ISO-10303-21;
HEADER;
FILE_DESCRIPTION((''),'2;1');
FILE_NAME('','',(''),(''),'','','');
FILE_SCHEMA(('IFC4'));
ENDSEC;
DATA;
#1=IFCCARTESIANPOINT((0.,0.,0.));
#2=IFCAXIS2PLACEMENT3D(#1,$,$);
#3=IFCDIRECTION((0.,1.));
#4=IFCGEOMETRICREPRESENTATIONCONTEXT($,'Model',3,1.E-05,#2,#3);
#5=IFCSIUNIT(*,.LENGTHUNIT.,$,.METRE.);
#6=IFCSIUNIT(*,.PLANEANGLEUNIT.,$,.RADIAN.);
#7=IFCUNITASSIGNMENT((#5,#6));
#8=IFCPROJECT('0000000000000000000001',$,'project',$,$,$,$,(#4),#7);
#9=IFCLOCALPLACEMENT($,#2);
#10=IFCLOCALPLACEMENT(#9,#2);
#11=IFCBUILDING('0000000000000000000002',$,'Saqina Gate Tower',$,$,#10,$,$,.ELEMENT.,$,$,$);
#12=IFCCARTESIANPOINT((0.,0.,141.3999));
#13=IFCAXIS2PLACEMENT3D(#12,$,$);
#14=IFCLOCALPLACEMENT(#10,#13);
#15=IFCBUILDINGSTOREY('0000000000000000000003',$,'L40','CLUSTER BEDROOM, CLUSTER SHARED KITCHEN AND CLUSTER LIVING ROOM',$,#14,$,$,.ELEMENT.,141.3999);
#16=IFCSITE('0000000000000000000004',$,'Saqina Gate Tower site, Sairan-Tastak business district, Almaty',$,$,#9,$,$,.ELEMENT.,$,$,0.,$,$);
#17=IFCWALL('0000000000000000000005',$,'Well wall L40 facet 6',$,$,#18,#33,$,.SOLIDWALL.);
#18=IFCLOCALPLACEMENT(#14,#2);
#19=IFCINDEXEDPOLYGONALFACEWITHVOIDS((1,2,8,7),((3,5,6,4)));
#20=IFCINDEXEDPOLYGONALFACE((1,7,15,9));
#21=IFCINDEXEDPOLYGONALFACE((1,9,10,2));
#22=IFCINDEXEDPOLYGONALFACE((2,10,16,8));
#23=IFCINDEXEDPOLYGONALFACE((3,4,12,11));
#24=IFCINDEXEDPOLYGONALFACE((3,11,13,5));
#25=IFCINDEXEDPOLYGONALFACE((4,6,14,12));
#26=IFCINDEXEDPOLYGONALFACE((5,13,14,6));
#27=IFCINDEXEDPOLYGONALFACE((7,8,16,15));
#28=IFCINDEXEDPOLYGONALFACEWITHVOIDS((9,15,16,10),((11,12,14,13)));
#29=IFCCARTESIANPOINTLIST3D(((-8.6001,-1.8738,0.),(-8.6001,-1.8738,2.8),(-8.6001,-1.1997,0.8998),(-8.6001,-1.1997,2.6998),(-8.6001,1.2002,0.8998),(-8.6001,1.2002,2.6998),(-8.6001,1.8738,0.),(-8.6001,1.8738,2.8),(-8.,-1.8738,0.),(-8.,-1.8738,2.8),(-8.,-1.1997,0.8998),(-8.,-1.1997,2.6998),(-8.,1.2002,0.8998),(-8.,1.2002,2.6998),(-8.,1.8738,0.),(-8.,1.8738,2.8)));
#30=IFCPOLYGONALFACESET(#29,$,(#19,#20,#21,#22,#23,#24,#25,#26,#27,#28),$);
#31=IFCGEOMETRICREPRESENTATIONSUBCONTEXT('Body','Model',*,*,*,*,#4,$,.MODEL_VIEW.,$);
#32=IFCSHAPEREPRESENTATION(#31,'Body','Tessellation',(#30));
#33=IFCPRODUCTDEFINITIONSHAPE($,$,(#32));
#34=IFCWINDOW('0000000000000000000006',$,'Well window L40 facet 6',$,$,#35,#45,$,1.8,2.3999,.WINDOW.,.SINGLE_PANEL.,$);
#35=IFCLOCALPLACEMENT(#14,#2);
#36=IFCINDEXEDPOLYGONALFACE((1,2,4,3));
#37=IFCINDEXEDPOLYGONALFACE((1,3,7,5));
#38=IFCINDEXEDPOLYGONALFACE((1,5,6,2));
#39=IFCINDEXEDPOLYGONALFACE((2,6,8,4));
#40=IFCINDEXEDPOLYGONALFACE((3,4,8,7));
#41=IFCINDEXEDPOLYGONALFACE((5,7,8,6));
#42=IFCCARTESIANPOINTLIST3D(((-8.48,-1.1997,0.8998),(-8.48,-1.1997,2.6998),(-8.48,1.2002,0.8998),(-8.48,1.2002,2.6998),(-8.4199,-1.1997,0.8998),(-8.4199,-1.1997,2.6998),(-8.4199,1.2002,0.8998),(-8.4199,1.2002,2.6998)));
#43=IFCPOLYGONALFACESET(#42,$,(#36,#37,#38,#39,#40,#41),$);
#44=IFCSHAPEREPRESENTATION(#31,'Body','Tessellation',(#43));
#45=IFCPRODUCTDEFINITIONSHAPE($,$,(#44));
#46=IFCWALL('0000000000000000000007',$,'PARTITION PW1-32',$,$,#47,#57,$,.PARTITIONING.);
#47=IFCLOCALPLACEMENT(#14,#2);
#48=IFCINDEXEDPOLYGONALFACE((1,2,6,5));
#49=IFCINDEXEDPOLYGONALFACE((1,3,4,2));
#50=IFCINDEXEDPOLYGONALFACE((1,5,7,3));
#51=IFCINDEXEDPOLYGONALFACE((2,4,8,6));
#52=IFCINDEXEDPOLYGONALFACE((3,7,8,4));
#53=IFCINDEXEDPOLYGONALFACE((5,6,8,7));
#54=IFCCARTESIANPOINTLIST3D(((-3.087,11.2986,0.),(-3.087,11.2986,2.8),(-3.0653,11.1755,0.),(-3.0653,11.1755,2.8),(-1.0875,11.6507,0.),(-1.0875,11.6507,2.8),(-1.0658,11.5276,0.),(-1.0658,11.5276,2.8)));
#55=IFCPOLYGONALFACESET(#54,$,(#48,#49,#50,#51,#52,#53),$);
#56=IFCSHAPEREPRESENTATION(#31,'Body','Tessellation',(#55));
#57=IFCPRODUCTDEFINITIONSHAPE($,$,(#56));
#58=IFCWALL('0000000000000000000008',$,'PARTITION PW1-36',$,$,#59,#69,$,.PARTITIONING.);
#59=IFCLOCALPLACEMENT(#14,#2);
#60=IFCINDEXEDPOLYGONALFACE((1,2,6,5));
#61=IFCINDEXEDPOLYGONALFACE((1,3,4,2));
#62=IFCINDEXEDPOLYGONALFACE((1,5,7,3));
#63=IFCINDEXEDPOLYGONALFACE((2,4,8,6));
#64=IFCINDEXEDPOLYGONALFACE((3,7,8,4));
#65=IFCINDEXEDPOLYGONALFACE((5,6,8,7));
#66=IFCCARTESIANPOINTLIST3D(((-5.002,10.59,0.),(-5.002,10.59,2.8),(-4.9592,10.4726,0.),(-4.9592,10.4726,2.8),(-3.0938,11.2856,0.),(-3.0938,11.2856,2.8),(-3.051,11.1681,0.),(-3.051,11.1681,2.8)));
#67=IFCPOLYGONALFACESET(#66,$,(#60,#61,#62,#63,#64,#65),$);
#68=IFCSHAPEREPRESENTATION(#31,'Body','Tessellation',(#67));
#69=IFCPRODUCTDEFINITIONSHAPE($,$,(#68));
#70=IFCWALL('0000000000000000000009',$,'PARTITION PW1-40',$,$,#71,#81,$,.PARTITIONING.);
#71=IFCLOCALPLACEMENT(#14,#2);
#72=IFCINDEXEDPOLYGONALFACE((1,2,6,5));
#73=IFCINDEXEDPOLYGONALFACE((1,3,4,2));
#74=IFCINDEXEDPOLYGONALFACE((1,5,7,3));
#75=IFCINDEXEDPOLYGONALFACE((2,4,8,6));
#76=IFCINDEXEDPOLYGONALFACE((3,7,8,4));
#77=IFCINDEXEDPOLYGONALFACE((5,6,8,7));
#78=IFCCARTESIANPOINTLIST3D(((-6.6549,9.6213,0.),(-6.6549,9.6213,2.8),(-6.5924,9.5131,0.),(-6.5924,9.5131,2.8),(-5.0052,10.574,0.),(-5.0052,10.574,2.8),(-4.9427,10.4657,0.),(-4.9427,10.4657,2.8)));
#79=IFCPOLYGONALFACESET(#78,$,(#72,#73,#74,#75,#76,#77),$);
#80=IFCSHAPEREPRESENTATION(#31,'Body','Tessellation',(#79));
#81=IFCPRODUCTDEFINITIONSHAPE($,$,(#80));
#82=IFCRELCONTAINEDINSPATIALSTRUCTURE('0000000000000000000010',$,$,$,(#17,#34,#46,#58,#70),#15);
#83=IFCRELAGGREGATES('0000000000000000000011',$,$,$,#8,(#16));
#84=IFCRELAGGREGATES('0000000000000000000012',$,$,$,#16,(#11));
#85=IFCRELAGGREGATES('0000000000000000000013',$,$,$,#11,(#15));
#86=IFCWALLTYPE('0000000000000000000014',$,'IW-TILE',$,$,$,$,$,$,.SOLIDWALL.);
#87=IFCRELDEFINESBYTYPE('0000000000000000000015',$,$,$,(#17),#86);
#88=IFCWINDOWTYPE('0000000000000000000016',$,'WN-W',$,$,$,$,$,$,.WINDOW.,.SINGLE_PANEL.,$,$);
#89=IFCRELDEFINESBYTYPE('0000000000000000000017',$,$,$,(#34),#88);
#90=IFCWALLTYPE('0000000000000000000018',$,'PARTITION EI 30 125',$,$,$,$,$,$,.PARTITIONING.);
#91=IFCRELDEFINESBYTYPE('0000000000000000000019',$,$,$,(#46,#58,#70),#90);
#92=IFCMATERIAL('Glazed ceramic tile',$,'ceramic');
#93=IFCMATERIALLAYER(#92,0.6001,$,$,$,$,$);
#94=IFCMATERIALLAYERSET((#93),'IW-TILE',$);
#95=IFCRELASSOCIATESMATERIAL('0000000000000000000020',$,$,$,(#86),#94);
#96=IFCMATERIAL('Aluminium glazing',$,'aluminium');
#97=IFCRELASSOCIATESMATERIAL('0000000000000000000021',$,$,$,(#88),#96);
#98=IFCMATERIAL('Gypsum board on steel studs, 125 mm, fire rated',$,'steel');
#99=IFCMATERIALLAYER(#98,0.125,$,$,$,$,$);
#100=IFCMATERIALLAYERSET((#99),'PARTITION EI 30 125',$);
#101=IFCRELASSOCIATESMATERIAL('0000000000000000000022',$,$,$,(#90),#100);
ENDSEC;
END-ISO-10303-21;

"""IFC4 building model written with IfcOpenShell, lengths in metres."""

from ifc_helpers import new_model, si_unit, direction, frame, frame_2d, origin, place, context, subcontext, project, spatial, rectangle, extrude, material, layer, layer_set, type_object, element, fill, save


model = new_model("IFC4")

# Units and contexts
model_context = context("Model", 3, precision=1e-05, world=origin(), true_north=direction((0.0, 1.0)))
body_context = subcontext(model_context, "Body", "Model", "MODEL_VIEW")
ifc_project = project(units=[si_unit("LENGTHUNIT", "METRE"), si_unit("PLANEANGLEUNIT", "RADIAN")], contexts=[model_context])

# Site, building, storey
site_placement = place(None, origin())
site = spatial("IfcSite", under=ifc_project, at=site_placement, Name="Saqina Gate Tower site, Sairan-Tastak business district, Almaty", CompositionType="ELEMENT", RefElevation=0.0)
building_placement = place(site_placement, origin())
building = spatial("IfcBuilding", under=site, at=building_placement, Name="Saqina Gate Tower", CompositionType="ELEMENT")
storey_placement = place(building_placement, frame((0.0, 0.0, 141.3999)))
storey = spatial("IfcBuildingStorey", under=building, at=storey_placement, Name="L40", Description="CLUSTER BEDROOM, CLUSTER SHARED KITCHEN AND CLUSTER LIVING ROOM", CompositionType="ELEMENT", Elevation=141.3999)

# Wall, opening, window
ifc_material_1 = material(Name="Glazed ceramic tile", Category="ceramic")
ifc_layer_1 = layer(ifc_material_1, 0.6001)
ifc_layer_set_1 = layer_set([ifc_layer_1], Name="IW-TILE")
wall_type_1 = type_object("IfcWallType", Name="IW-TILE", PredefinedType="SOLIDWALL", material=ifc_layer_set_1)
ifc_material_2 = material(Name="Aluminium glazing", Category="aluminium")
window_type = type_object("IfcWindowType", Name="WN-W", PartitioningType="SINGLE_PANEL", PredefinedType="WINDOW", material=ifc_material_2)
wall_1_placement = place(storey_placement, frame((-8.3, 1.8738, 0.0), z_axis=(0.0, 0.0, 1.0), x_axis=(0.0, -1.0, 0.0)))
wall_1 = element("IfcWall", 1, at=wall_1_placement, inside=storey, type_object=wall_type_1, Name="Well wall L40 facet 6", PredefinedType="SOLIDWALL", context=body_context, shape_type="SweptSolid", body=[
    extrude(rectangle(XDim=3.7476, YDim=0.6001, at=frame_2d((1.8738, 0.0))), origin(), (0.0, 0.0, 1.0), 2.8),
])
opening_1_placement = place(wall_1_placement, frame((0.6736, 0.0, 0.8999)))
opening_1 = element("IfcOpeningElement", 2, at=opening_1_placement, cuts=wall_1, PredefinedType="OPENING", context=body_context, shape_type="SweptSolid", body=[
    extrude(rectangle(XDim=2.3999, YDim=1.8, at=frame_2d((1.2, 0.8999))), frame((0.0, 0.312, 0.0), z_axis=(0.0, -1.0, 0.0), x_axis=(1.0, 0.0, 0.0)), (0.0, 0.0, 1.0), 0.624),
])
window_1_placement = place(opening_1_placement, origin())
window_1 = element("IfcWindow", 3, at=window_1_placement, inside=storey, type_object=window_type, Name="Well window L40 facet 6", OverallHeight=1.8, OverallWidth=2.3999, PartitioningType="SINGLE_PANEL", PredefinedType="WINDOW", context=body_context, shape_type="SweptSolid", body=[
    extrude(rectangle(XDim=2.3999, YDim=1.8, at=frame_2d((1.2, 0.8999))), frame((0.0, -0.1199, 0.0), z_axis=(0.0, -1.0, 0.0), x_axis=(1.0, 0.0, 0.0)), (0.0, 0.0, 1.0), 0.0601),
])
fill(opening_1, window_1)

# Walls
ifc_material_3 = material(Name="Gypsum board on steel studs, 125 mm, fire rated", Category="steel")
ifc_layer_2 = layer(ifc_material_3, 0.125)
ifc_layer_set_2 = layer_set([ifc_layer_2], Name="PARTITION EI 30 125")
wall_type_2 = type_object("IfcWallType", Name="PARTITION EI 30 125", PredefinedType="PARTITIONING", material=ifc_layer_set_2)
wall_2_placement = place(storey_placement, frame((-3.0762, 11.2371, 0.0), z_axis=(0.0, 0.0, 1.0), x_axis=(0.984851, 0.173401, 0.0)))
element("IfcWall", 4, at=wall_2_placement, inside=storey, type_object=wall_type_2, Name="PARTITION PW1-32", PredefinedType="PARTITIONING", context=body_context, shape_type="SweptSolid", body=[
    extrude(rectangle(XDim=2.0303, YDim=0.125, at=frame_2d((1.0151, 0.0))), origin(), (0.0, 0.0, 1.0), 2.8),
])
wall_3_placement = place(storey_placement, frame((-4.9807, 10.5312, 0.0), z_axis=(0.0, 0.0, 1.0), x_axis=(0.93953, 0.342467, 0.0)))
element("IfcWall", 5, at=wall_3_placement, inside=storey, type_object=wall_type_2, Name="PARTITION PW1-36", PredefinedType="PARTITIONING", context=body_context, shape_type="SweptSolid", body=[
    extrude(rectangle(XDim=2.031, YDim=0.125, at=frame_2d((1.0156, 0.0))), origin(), (0.0, 0.0, 1.0), 2.8),
])
wall_4_placement = place(storey_placement, frame((-6.6238, 9.5671, 0.0), z_axis=(0.0, 0.0, 1.0), x_axis=(0.865979, 0.500081, 0.0)))
element("IfcWall", 6, at=wall_4_placement, inside=storey, type_object=wall_type_2, Name="PARTITION PW1-40", PredefinedType="PARTITIONING", context=body_context, shape_type="SweptSolid", body=[
    extrude(rectangle(XDim=1.905, YDim=0.125, at=frame_2d((0.9526, 0.0))), origin(), (0.0, 0.0, 1.0), 2.8),
])

save(model, "model.ifc")
